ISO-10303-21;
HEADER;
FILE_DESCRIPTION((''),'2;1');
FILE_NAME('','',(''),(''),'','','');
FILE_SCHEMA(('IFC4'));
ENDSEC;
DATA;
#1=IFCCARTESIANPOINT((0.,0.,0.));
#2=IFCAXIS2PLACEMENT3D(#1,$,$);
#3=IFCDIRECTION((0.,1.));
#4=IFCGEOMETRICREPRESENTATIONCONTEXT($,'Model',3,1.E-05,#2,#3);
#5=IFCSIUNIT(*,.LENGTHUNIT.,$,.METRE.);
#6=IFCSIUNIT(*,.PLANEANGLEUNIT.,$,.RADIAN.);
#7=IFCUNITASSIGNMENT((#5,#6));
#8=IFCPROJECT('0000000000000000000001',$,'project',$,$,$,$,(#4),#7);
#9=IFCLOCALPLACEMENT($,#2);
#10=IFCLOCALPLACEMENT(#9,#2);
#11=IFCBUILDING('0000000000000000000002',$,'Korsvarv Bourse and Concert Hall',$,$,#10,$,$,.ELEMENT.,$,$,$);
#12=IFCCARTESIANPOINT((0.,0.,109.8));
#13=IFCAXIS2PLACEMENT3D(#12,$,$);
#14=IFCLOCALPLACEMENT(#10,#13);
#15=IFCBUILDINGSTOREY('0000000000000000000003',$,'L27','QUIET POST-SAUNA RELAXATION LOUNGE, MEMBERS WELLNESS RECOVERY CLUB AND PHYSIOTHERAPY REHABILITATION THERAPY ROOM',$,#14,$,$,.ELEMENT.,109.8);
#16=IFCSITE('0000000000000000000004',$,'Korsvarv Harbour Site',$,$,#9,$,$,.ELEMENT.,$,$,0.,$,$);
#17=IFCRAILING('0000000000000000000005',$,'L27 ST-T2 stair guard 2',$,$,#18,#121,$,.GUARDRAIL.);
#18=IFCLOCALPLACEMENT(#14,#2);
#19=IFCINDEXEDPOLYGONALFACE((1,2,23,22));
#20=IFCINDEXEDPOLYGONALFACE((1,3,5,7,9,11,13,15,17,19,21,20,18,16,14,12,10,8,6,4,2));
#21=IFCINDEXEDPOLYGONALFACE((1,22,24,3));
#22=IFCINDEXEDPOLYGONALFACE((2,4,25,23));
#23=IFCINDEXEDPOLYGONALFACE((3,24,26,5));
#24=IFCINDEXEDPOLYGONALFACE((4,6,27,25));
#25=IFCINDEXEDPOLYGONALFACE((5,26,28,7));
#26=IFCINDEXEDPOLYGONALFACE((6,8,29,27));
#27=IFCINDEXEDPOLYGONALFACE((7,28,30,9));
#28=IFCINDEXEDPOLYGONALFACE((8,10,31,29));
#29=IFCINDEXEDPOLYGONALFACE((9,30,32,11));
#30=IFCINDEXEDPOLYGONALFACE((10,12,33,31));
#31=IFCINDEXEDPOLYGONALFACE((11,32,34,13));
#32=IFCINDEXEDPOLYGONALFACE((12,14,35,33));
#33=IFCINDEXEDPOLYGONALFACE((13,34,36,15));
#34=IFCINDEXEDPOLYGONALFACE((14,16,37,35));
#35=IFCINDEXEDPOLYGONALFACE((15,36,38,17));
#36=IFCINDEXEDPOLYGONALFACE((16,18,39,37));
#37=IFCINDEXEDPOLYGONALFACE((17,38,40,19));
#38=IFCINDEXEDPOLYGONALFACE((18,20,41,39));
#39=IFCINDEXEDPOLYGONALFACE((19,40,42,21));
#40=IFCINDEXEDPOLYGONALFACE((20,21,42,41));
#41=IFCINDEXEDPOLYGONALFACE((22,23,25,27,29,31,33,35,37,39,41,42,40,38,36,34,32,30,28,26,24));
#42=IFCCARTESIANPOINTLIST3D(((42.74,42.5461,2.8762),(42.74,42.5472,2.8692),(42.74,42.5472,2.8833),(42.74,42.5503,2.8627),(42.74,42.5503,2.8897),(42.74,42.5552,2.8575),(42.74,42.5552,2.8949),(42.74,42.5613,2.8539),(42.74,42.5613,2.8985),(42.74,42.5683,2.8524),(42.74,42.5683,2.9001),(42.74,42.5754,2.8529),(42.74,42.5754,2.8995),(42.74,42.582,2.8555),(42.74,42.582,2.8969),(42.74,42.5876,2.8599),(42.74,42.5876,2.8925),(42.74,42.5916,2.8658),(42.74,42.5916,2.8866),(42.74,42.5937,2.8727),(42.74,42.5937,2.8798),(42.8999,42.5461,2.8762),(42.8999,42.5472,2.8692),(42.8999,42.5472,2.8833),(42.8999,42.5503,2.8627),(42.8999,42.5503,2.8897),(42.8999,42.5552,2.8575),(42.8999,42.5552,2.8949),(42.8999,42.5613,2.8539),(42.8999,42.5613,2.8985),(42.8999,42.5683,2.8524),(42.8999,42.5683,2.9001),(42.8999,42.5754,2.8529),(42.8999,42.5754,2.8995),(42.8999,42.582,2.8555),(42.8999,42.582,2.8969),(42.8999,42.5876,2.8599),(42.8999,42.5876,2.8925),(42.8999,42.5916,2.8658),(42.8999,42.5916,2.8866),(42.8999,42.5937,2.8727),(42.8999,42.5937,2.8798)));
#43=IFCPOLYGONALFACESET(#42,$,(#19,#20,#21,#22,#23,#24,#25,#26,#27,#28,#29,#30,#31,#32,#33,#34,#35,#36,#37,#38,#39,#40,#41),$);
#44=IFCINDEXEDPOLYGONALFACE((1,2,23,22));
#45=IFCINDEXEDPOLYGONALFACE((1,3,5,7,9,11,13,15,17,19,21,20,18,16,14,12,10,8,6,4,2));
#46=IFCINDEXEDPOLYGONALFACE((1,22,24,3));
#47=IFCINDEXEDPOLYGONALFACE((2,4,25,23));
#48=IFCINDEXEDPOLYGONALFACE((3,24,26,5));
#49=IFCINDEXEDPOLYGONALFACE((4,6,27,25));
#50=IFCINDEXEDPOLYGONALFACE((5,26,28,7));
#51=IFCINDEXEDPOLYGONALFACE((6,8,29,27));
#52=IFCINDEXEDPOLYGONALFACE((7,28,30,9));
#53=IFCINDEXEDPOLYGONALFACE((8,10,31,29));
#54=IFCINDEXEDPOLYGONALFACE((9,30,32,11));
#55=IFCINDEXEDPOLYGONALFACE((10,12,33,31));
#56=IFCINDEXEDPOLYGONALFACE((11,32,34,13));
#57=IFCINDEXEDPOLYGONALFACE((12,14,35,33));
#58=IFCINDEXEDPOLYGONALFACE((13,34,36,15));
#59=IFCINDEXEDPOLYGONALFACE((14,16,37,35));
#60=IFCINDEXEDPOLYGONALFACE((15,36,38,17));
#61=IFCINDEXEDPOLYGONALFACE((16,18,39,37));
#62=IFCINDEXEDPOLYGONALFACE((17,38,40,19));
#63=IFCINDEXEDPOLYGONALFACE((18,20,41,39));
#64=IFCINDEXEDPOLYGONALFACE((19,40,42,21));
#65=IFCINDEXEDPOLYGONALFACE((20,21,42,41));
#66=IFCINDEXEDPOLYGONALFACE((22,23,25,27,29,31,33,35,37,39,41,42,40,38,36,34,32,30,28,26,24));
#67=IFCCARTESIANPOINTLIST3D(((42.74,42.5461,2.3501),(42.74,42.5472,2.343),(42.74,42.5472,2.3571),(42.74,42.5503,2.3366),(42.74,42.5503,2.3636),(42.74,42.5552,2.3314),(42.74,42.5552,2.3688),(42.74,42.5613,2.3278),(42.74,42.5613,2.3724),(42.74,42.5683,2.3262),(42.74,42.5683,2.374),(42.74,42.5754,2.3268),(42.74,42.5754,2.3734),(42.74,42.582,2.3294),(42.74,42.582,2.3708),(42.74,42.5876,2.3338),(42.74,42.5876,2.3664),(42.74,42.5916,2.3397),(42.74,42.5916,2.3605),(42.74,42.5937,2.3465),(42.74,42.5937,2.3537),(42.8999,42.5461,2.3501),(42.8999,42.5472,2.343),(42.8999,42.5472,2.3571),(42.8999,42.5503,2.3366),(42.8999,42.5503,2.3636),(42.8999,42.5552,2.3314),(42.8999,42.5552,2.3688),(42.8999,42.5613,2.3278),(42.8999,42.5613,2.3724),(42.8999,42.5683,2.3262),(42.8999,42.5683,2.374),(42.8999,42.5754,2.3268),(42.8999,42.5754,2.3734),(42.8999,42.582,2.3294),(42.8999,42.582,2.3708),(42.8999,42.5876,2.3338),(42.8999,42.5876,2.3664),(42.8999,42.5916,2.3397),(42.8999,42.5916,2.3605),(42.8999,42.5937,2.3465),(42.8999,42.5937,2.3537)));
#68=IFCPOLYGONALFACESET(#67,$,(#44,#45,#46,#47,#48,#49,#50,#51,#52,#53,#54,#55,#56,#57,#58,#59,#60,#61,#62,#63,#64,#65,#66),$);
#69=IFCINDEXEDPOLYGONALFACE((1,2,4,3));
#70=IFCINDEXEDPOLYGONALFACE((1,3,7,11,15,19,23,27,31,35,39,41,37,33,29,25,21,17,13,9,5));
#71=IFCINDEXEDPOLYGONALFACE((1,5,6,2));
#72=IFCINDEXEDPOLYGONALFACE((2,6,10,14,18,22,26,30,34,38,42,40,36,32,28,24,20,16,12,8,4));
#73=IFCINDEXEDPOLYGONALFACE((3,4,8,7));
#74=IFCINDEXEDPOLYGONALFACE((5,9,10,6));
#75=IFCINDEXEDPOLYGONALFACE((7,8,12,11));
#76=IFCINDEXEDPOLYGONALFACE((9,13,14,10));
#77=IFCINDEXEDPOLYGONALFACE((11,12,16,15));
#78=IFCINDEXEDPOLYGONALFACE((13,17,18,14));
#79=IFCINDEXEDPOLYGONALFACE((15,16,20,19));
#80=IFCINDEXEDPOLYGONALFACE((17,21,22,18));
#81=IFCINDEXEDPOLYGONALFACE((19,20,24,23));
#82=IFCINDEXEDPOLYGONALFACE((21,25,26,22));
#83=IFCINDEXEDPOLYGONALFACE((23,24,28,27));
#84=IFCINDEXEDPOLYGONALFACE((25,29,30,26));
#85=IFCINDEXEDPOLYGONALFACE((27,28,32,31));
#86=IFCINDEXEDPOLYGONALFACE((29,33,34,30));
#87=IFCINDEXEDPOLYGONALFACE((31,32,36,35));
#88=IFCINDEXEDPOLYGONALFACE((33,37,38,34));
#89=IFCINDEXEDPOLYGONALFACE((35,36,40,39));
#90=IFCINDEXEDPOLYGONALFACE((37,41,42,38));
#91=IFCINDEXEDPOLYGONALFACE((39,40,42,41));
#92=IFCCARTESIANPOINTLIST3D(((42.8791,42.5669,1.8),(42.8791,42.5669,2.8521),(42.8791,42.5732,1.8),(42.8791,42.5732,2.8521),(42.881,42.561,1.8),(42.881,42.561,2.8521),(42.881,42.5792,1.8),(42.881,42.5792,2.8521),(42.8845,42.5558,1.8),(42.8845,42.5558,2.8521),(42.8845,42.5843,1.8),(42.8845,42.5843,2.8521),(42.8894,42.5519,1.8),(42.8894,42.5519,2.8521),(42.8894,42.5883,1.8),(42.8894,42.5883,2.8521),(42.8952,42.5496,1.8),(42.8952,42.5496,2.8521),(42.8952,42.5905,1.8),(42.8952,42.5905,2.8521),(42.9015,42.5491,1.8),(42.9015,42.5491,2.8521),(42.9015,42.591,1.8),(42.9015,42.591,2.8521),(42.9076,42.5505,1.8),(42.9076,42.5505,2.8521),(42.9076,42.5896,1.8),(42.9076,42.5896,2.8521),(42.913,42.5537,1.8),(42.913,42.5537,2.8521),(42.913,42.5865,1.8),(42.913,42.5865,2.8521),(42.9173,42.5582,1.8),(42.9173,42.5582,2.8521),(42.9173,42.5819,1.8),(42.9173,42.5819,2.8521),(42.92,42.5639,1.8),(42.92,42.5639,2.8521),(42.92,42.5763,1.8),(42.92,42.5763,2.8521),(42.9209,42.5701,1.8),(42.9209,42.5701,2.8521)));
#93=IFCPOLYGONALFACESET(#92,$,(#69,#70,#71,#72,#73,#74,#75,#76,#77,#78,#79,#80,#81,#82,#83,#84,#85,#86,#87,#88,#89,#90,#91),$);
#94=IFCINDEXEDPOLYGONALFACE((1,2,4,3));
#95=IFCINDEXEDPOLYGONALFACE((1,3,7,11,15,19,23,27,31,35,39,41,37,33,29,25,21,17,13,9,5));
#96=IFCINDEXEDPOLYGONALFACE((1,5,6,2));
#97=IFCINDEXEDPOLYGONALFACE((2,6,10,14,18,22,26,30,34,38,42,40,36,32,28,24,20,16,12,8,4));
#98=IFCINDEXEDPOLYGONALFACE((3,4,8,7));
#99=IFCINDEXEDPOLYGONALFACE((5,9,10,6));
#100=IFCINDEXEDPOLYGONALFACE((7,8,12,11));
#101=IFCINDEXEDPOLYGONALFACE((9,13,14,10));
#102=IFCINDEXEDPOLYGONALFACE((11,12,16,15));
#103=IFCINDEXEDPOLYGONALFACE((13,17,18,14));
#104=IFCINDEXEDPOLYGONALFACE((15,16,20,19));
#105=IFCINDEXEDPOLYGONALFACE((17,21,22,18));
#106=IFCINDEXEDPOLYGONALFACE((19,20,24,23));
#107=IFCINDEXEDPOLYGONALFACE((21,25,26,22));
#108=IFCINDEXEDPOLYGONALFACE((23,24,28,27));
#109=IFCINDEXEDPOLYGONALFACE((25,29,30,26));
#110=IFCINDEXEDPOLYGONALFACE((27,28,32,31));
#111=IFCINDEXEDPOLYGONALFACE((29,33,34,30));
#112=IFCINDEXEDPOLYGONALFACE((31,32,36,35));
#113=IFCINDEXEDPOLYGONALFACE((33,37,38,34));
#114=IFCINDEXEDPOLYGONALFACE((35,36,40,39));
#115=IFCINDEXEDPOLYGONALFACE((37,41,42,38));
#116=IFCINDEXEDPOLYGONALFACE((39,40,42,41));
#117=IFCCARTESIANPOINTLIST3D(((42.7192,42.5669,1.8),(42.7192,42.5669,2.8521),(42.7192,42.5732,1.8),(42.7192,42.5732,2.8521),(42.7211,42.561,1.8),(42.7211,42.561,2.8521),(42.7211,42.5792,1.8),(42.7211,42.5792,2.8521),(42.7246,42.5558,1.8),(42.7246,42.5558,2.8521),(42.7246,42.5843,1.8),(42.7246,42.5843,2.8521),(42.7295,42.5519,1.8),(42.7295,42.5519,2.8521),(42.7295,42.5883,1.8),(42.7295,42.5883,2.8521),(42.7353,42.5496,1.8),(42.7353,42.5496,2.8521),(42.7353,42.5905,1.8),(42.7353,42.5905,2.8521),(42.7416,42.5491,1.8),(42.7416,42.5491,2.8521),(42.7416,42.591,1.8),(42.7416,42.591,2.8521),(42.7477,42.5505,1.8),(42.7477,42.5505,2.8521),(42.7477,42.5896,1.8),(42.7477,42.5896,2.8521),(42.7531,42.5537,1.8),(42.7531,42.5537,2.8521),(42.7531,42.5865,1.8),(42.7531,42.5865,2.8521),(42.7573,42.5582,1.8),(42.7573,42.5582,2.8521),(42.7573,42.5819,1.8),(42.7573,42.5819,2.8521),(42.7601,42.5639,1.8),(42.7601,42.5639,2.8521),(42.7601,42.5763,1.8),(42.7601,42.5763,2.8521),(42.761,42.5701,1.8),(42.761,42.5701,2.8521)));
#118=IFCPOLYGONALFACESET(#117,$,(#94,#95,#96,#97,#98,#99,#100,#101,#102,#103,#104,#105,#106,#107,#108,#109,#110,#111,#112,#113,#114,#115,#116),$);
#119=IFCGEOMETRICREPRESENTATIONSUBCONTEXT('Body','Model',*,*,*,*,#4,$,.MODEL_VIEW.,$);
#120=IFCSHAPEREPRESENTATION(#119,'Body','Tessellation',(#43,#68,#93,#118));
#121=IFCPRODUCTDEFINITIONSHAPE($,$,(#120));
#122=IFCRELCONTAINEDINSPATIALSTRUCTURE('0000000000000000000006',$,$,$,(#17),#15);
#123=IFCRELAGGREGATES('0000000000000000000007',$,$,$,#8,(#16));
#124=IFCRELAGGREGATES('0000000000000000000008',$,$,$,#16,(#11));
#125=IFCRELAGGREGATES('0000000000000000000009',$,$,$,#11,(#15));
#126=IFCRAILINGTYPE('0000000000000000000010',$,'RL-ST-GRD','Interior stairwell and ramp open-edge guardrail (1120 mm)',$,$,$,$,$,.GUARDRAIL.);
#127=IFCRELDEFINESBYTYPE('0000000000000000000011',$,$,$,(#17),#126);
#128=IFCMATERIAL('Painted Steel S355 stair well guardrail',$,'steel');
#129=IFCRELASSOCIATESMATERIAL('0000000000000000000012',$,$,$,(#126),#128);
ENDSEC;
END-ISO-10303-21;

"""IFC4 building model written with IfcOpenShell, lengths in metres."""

from ifc_helpers import new_model, si_unit, direction, frame, origin, origin_2d, place, context, subcontext, project, spatial, circle, extrude, material, type_object, element, save


model = new_model("IFC4")

# Units and contexts
model_context = context("Model", 3, precision=1e-05, world=origin(), true_north=direction((0.0, 1.0)))
body_context = subcontext(model_context, "Body", "Model", "MODEL_VIEW")
ifc_project = project(units=[si_unit("LENGTHUNIT", "METRE"), si_unit("PLANEANGLEUNIT", "RADIAN")], contexts=[model_context])

# Site, building, storey
site_placement = place(None, origin())
site = spatial("IfcSite", under=ifc_project, at=site_placement, Name="Korsvarv Harbour Site", CompositionType="ELEMENT", RefElevation=0.0)
building_placement = place(site_placement, origin())
building = spatial("IfcBuilding", under=site, at=building_placement, Name="Korsvarv Bourse and Concert Hall", CompositionType="ELEMENT")
storey_placement = place(building_placement, frame((0.0, 0.0, 109.8)))
storey = spatial("IfcBuildingStorey", under=building, at=storey_placement, Name="L27", Description="QUIET POST-SAUNA RELAXATION LOUNGE, MEMBERS WELLNESS RECOVERY CLUB AND PHYSIOTHERAPY REHABILITATION THERAPY ROOM", CompositionType="ELEMENT", Elevation=109.8)

# Railing
ifc_material_1 = material(Name="Painted Steel S355 stair well guardrail", Category="steel")
railing_type_1 = type_object("IfcRailingType", Name="RL-ST-GRD", Description="Interior stairwell and ramp open-edge guardrail (1120 mm)", PredefinedType="GUARDRAIL", material=ifc_material_1)
railing_1_placement = place(storey_placement, frame((42.8999, 42.5701, 1.8)))
element("IfcRailing", 1, at=railing_1_placement, inside=storey, type_object=railing_type_1, Name="L27 ST-T2 stair guard 2", PredefinedType="GUARDRAIL", context=body_context, shape_type="SweptSolid", body=[
    extrude(circle(Radius=0.0239, at=origin_2d()), frame((0.0, 0.0, 1.0762), z_axis=(-1.0, 0.0, 0.0), x_axis=(0.0, -1.0, 0.0)), (0.0, 0.0, 1.0), 0.1599),
    extrude(circle(Radius=0.0239, at=origin_2d()), frame((0.0, 0.0, 0.55), z_axis=(-1.0, 0.0, 0.0), x_axis=(0.0, -1.0, 0.0)), (0.0, 0.0, 1.0), 0.1599),
    extrude(circle(Radius=0.021, at=origin_2d()), origin(), (0.0, 0.0, 1.0), 1.052),
    extrude(circle(Radius=0.021, at=origin_2d()), frame((-0.1599, 0.0, 0.0)), (0.0, 0.0, 1.0), 1.052),
])

save(model, "model.ifc")
